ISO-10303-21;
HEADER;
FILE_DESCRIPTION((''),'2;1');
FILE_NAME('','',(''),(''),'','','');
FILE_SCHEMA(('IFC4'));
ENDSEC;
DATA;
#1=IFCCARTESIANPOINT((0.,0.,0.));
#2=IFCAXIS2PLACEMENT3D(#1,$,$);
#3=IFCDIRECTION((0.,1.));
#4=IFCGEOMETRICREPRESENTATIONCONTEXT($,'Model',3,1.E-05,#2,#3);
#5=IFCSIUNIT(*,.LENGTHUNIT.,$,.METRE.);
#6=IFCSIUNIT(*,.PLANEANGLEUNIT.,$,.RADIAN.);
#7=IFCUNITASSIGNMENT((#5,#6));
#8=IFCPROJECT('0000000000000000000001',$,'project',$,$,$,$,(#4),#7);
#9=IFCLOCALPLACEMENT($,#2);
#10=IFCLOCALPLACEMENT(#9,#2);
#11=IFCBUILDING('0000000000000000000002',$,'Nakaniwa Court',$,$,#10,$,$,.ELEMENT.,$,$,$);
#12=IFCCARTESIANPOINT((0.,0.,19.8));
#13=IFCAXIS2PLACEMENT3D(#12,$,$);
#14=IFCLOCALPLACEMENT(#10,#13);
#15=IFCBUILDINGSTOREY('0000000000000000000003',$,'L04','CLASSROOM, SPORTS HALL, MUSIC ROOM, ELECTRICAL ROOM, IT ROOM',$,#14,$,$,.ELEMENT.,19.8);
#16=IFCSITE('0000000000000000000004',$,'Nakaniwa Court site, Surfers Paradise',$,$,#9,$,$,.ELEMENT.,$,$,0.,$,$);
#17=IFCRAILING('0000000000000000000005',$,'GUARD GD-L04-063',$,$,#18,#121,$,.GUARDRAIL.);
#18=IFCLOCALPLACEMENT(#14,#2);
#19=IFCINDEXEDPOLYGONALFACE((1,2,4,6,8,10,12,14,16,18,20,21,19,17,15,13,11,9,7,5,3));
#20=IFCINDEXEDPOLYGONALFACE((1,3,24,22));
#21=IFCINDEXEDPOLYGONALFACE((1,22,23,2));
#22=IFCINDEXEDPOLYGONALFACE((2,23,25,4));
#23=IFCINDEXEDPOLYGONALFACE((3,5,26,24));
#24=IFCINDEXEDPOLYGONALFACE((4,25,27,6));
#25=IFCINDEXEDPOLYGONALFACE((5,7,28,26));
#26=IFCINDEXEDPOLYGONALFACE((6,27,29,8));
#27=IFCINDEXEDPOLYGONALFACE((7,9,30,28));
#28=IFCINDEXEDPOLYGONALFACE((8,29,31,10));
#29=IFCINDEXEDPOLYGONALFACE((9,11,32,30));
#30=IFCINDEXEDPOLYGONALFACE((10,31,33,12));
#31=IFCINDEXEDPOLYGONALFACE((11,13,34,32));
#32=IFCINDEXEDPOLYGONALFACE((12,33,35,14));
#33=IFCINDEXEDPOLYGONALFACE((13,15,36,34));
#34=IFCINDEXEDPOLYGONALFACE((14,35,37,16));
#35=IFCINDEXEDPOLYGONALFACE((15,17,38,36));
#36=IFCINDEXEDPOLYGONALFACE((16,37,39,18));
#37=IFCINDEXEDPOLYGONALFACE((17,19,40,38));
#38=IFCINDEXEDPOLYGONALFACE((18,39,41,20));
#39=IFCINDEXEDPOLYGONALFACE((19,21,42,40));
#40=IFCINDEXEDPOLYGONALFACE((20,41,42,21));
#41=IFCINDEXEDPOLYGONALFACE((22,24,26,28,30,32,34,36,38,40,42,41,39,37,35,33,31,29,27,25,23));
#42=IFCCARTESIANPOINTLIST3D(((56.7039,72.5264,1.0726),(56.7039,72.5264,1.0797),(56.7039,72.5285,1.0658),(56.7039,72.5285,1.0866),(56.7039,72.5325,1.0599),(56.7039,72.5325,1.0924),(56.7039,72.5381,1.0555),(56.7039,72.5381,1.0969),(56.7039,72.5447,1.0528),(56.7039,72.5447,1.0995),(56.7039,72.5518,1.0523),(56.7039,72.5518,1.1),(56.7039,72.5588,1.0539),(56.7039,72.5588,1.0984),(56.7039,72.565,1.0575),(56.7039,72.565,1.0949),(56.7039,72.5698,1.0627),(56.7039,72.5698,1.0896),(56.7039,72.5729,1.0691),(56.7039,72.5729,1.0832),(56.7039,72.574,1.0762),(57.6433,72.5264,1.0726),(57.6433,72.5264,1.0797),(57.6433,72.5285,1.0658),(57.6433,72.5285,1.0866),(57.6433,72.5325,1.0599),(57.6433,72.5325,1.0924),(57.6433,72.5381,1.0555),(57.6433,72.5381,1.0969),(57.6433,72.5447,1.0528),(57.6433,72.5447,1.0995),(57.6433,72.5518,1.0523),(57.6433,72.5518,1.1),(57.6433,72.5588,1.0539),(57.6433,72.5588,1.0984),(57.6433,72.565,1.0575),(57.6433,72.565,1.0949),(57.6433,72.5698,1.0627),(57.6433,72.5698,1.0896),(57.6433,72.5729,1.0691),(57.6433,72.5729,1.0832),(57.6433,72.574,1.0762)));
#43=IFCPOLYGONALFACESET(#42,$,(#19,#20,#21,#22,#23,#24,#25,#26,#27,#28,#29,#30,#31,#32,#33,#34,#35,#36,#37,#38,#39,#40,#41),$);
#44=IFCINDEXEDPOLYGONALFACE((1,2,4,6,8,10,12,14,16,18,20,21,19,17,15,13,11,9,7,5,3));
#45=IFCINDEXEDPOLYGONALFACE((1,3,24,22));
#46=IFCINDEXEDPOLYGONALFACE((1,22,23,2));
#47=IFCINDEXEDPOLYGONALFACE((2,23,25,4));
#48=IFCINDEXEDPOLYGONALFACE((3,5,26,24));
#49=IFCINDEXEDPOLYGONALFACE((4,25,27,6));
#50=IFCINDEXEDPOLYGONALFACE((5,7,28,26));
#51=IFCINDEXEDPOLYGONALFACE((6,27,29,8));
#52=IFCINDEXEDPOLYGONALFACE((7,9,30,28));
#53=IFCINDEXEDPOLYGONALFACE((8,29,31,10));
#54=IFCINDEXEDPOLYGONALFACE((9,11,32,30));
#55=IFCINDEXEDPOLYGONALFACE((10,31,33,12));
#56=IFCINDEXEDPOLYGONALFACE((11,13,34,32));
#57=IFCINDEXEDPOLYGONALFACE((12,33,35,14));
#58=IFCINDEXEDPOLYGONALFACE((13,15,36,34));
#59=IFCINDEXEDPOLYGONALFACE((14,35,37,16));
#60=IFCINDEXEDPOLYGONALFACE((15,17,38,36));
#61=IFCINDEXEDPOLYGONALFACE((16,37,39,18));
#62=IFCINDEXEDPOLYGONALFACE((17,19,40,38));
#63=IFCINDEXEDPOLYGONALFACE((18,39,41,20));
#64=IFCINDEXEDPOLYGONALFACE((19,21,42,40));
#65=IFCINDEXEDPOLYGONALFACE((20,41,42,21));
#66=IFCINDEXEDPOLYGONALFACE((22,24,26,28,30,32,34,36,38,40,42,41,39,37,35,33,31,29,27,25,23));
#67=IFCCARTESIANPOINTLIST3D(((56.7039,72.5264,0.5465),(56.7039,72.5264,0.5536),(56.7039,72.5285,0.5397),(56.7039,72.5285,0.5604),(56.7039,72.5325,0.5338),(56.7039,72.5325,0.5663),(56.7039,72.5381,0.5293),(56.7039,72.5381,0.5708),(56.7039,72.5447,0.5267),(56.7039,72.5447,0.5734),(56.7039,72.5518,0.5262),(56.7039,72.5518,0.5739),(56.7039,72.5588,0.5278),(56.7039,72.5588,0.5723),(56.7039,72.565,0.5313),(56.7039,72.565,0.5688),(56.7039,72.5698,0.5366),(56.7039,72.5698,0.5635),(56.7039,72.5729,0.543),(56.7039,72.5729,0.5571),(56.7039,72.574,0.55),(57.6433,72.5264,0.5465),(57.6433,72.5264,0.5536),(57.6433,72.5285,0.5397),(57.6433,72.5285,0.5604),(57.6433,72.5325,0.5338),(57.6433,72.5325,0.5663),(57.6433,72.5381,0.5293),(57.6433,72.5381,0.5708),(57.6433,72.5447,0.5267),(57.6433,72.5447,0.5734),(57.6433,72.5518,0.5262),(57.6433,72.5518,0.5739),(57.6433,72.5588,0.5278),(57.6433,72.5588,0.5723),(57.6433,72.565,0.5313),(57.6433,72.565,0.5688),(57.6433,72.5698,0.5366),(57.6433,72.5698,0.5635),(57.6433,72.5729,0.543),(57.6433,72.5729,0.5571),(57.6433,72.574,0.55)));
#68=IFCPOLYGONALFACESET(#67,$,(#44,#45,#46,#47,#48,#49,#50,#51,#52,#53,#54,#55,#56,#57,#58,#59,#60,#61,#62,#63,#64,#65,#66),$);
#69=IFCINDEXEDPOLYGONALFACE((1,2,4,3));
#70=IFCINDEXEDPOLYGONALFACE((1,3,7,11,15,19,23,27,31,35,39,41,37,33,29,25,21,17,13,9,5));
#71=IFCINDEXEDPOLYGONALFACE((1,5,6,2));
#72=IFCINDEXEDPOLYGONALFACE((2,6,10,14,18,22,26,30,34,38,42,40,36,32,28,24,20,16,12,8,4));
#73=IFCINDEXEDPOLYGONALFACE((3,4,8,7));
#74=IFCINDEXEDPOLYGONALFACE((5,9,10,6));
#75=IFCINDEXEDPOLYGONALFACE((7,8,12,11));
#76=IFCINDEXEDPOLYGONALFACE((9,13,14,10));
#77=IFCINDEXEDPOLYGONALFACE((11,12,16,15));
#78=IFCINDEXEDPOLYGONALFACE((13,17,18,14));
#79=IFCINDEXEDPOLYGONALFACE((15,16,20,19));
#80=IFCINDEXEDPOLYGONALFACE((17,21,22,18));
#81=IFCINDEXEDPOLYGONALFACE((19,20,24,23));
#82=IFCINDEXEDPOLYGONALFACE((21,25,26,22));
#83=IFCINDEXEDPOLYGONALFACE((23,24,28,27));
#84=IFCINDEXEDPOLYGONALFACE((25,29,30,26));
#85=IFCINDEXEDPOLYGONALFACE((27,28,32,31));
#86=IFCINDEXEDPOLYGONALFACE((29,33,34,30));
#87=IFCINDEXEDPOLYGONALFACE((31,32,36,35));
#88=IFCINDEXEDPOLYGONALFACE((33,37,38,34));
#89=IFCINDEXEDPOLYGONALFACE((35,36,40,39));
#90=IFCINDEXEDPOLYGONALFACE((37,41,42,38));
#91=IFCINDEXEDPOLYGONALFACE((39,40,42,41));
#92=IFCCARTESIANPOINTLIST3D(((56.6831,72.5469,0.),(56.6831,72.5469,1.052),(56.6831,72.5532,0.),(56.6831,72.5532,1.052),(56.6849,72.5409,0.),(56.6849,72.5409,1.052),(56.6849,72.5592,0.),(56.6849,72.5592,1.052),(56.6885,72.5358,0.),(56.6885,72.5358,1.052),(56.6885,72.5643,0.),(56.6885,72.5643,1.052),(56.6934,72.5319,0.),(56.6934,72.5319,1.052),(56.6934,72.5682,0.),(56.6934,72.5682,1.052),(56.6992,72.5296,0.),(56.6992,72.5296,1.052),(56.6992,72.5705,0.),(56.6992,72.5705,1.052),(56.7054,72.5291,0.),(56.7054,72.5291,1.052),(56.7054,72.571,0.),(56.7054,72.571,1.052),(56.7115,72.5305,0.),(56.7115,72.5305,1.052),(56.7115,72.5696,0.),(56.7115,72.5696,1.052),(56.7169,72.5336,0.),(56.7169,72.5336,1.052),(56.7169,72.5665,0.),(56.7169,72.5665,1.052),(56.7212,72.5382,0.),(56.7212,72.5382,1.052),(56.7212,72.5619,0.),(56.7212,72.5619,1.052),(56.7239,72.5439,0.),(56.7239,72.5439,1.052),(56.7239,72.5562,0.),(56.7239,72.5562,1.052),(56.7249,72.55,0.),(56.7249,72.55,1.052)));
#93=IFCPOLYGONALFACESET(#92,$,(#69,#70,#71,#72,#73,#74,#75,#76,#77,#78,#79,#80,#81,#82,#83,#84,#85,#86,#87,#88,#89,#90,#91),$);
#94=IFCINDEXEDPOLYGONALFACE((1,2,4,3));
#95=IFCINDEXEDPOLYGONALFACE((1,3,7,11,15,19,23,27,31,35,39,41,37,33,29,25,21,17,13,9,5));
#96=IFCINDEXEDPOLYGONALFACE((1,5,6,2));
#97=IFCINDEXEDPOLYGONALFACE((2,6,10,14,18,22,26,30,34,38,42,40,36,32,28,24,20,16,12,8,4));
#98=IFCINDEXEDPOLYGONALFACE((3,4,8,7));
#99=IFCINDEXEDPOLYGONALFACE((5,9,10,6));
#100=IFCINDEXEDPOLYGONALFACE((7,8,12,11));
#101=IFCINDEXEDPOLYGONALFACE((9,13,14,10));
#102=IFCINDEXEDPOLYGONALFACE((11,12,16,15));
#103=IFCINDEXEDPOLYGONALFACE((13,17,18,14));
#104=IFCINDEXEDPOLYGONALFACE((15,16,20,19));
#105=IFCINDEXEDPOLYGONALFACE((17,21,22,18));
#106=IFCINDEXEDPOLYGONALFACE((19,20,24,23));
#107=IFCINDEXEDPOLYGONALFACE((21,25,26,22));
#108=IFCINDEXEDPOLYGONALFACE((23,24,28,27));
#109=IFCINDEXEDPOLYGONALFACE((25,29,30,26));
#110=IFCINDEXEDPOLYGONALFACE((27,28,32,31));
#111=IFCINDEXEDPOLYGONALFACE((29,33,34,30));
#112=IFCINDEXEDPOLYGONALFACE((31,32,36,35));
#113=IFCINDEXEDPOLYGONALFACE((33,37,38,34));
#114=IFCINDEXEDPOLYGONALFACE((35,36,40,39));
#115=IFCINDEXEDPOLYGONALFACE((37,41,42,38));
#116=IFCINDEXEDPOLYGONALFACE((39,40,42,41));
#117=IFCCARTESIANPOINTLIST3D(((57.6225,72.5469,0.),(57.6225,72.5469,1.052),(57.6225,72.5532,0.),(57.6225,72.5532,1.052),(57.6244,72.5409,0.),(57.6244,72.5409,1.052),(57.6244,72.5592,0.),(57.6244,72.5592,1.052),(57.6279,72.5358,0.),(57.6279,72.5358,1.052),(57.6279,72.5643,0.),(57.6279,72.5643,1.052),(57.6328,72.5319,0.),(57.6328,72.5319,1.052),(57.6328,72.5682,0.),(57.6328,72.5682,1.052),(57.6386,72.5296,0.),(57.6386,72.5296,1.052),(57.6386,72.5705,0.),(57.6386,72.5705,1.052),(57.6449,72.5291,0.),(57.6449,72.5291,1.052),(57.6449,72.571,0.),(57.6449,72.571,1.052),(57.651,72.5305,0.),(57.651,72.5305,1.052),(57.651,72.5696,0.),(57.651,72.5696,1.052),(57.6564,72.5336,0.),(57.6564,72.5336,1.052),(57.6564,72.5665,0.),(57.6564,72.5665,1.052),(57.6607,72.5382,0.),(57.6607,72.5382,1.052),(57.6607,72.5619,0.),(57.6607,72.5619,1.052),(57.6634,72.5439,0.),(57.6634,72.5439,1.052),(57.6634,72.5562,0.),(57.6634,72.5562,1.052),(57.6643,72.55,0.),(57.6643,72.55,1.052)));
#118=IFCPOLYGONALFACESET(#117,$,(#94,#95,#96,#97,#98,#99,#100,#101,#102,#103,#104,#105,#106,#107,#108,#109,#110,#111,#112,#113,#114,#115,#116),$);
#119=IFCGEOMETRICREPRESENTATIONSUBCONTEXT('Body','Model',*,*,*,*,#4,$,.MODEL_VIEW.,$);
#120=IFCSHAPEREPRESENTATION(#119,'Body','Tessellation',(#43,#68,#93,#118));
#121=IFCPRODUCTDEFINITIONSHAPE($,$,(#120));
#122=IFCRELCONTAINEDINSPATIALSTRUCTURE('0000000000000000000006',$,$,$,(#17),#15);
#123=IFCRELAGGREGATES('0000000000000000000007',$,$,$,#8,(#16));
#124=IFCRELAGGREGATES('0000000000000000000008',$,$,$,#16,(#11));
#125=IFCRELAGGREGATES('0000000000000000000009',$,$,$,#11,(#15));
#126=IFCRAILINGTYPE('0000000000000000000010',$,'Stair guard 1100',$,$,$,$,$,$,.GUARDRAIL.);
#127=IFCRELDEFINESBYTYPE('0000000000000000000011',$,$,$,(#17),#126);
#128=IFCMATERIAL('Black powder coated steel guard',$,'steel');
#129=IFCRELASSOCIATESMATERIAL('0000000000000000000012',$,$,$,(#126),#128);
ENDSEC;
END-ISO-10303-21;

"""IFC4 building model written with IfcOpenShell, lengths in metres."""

from ifc_helpers import new_model, si_unit, direction, frame, origin, origin_2d, place, context, subcontext, project, spatial, circle, extrude, material, type_object, element, save


model = new_model("IFC4")

# Units and contexts
model_context = context("Model", 3, precision=1e-05, world=origin(), true_north=direction((0.0, 1.0)))
body_context = subcontext(model_context, "Body", "Model", "MODEL_VIEW")
ifc_project = project(units=[si_unit("LENGTHUNIT", "METRE"), si_unit("PLANEANGLEUNIT", "RADIAN")], contexts=[model_context])

# Site, building, storey
site_placement = place(None, origin())
site = spatial("IfcSite", under=ifc_project, at=site_placement, Name="Nakaniwa Court site, Surfers Paradise", CompositionType="ELEMENT", RefElevation=0.0)
building_placement = place(site_placement, origin())
building = spatial("IfcBuilding", under=site, at=building_placement, Name="Nakaniwa Court", CompositionType="ELEMENT")
storey_placement = place(building_placement, frame((0.0, 0.0, 19.8)))
storey = spatial("IfcBuildingStorey", under=building, at=storey_placement, Name="L04", Description="CLASSROOM, SPORTS HALL, MUSIC ROOM, ELECTRICAL ROOM, IT ROOM", CompositionType="ELEMENT", Elevation=19.8)

# Railing
ifc_material_1 = material(Name="Black powder coated steel guard", Category="steel")
railing_type = type_object("IfcRailingType", Name="Stair guard 1100", PredefinedType="GUARDRAIL", material=ifc_material_1)
railing_1_placement = place(storey_placement, frame((56.7039, 72.55, 0.0)))
element("IfcRailing", 1, at=railing_1_placement, inside=storey, type_object=railing_type, Name="GUARD GD-L04-063", PredefinedType="GUARDRAIL", context=body_context, shape_type="SweptSolid", body=[
    extrude(circle(Radius=0.0239, at=origin_2d()), frame((0.0, 0.0, 1.0762), z_axis=(1.0, 0.0, 0.0), x_axis=(0.0, 1.0, 0.0)), (0.0, 0.0, 1.0), 0.9395),
    extrude(circle(Radius=0.0239, at=origin_2d()), frame((0.0, 0.0, 0.55), z_axis=(1.0, 0.0, 0.0), x_axis=(0.0, 1.0, 0.0)), (0.0, 0.0, 1.0), 0.9395),
    extrude(circle(Radius=0.021, at=origin_2d()), origin(), (0.0, 0.0, 1.0), 1.052),
    extrude(circle(Radius=0.021, at=origin_2d()), frame((0.9395, 0.0, 0.0)), (0.0, 0.0, 1.0), 1.052),
])

save(model, "model.ifc")
